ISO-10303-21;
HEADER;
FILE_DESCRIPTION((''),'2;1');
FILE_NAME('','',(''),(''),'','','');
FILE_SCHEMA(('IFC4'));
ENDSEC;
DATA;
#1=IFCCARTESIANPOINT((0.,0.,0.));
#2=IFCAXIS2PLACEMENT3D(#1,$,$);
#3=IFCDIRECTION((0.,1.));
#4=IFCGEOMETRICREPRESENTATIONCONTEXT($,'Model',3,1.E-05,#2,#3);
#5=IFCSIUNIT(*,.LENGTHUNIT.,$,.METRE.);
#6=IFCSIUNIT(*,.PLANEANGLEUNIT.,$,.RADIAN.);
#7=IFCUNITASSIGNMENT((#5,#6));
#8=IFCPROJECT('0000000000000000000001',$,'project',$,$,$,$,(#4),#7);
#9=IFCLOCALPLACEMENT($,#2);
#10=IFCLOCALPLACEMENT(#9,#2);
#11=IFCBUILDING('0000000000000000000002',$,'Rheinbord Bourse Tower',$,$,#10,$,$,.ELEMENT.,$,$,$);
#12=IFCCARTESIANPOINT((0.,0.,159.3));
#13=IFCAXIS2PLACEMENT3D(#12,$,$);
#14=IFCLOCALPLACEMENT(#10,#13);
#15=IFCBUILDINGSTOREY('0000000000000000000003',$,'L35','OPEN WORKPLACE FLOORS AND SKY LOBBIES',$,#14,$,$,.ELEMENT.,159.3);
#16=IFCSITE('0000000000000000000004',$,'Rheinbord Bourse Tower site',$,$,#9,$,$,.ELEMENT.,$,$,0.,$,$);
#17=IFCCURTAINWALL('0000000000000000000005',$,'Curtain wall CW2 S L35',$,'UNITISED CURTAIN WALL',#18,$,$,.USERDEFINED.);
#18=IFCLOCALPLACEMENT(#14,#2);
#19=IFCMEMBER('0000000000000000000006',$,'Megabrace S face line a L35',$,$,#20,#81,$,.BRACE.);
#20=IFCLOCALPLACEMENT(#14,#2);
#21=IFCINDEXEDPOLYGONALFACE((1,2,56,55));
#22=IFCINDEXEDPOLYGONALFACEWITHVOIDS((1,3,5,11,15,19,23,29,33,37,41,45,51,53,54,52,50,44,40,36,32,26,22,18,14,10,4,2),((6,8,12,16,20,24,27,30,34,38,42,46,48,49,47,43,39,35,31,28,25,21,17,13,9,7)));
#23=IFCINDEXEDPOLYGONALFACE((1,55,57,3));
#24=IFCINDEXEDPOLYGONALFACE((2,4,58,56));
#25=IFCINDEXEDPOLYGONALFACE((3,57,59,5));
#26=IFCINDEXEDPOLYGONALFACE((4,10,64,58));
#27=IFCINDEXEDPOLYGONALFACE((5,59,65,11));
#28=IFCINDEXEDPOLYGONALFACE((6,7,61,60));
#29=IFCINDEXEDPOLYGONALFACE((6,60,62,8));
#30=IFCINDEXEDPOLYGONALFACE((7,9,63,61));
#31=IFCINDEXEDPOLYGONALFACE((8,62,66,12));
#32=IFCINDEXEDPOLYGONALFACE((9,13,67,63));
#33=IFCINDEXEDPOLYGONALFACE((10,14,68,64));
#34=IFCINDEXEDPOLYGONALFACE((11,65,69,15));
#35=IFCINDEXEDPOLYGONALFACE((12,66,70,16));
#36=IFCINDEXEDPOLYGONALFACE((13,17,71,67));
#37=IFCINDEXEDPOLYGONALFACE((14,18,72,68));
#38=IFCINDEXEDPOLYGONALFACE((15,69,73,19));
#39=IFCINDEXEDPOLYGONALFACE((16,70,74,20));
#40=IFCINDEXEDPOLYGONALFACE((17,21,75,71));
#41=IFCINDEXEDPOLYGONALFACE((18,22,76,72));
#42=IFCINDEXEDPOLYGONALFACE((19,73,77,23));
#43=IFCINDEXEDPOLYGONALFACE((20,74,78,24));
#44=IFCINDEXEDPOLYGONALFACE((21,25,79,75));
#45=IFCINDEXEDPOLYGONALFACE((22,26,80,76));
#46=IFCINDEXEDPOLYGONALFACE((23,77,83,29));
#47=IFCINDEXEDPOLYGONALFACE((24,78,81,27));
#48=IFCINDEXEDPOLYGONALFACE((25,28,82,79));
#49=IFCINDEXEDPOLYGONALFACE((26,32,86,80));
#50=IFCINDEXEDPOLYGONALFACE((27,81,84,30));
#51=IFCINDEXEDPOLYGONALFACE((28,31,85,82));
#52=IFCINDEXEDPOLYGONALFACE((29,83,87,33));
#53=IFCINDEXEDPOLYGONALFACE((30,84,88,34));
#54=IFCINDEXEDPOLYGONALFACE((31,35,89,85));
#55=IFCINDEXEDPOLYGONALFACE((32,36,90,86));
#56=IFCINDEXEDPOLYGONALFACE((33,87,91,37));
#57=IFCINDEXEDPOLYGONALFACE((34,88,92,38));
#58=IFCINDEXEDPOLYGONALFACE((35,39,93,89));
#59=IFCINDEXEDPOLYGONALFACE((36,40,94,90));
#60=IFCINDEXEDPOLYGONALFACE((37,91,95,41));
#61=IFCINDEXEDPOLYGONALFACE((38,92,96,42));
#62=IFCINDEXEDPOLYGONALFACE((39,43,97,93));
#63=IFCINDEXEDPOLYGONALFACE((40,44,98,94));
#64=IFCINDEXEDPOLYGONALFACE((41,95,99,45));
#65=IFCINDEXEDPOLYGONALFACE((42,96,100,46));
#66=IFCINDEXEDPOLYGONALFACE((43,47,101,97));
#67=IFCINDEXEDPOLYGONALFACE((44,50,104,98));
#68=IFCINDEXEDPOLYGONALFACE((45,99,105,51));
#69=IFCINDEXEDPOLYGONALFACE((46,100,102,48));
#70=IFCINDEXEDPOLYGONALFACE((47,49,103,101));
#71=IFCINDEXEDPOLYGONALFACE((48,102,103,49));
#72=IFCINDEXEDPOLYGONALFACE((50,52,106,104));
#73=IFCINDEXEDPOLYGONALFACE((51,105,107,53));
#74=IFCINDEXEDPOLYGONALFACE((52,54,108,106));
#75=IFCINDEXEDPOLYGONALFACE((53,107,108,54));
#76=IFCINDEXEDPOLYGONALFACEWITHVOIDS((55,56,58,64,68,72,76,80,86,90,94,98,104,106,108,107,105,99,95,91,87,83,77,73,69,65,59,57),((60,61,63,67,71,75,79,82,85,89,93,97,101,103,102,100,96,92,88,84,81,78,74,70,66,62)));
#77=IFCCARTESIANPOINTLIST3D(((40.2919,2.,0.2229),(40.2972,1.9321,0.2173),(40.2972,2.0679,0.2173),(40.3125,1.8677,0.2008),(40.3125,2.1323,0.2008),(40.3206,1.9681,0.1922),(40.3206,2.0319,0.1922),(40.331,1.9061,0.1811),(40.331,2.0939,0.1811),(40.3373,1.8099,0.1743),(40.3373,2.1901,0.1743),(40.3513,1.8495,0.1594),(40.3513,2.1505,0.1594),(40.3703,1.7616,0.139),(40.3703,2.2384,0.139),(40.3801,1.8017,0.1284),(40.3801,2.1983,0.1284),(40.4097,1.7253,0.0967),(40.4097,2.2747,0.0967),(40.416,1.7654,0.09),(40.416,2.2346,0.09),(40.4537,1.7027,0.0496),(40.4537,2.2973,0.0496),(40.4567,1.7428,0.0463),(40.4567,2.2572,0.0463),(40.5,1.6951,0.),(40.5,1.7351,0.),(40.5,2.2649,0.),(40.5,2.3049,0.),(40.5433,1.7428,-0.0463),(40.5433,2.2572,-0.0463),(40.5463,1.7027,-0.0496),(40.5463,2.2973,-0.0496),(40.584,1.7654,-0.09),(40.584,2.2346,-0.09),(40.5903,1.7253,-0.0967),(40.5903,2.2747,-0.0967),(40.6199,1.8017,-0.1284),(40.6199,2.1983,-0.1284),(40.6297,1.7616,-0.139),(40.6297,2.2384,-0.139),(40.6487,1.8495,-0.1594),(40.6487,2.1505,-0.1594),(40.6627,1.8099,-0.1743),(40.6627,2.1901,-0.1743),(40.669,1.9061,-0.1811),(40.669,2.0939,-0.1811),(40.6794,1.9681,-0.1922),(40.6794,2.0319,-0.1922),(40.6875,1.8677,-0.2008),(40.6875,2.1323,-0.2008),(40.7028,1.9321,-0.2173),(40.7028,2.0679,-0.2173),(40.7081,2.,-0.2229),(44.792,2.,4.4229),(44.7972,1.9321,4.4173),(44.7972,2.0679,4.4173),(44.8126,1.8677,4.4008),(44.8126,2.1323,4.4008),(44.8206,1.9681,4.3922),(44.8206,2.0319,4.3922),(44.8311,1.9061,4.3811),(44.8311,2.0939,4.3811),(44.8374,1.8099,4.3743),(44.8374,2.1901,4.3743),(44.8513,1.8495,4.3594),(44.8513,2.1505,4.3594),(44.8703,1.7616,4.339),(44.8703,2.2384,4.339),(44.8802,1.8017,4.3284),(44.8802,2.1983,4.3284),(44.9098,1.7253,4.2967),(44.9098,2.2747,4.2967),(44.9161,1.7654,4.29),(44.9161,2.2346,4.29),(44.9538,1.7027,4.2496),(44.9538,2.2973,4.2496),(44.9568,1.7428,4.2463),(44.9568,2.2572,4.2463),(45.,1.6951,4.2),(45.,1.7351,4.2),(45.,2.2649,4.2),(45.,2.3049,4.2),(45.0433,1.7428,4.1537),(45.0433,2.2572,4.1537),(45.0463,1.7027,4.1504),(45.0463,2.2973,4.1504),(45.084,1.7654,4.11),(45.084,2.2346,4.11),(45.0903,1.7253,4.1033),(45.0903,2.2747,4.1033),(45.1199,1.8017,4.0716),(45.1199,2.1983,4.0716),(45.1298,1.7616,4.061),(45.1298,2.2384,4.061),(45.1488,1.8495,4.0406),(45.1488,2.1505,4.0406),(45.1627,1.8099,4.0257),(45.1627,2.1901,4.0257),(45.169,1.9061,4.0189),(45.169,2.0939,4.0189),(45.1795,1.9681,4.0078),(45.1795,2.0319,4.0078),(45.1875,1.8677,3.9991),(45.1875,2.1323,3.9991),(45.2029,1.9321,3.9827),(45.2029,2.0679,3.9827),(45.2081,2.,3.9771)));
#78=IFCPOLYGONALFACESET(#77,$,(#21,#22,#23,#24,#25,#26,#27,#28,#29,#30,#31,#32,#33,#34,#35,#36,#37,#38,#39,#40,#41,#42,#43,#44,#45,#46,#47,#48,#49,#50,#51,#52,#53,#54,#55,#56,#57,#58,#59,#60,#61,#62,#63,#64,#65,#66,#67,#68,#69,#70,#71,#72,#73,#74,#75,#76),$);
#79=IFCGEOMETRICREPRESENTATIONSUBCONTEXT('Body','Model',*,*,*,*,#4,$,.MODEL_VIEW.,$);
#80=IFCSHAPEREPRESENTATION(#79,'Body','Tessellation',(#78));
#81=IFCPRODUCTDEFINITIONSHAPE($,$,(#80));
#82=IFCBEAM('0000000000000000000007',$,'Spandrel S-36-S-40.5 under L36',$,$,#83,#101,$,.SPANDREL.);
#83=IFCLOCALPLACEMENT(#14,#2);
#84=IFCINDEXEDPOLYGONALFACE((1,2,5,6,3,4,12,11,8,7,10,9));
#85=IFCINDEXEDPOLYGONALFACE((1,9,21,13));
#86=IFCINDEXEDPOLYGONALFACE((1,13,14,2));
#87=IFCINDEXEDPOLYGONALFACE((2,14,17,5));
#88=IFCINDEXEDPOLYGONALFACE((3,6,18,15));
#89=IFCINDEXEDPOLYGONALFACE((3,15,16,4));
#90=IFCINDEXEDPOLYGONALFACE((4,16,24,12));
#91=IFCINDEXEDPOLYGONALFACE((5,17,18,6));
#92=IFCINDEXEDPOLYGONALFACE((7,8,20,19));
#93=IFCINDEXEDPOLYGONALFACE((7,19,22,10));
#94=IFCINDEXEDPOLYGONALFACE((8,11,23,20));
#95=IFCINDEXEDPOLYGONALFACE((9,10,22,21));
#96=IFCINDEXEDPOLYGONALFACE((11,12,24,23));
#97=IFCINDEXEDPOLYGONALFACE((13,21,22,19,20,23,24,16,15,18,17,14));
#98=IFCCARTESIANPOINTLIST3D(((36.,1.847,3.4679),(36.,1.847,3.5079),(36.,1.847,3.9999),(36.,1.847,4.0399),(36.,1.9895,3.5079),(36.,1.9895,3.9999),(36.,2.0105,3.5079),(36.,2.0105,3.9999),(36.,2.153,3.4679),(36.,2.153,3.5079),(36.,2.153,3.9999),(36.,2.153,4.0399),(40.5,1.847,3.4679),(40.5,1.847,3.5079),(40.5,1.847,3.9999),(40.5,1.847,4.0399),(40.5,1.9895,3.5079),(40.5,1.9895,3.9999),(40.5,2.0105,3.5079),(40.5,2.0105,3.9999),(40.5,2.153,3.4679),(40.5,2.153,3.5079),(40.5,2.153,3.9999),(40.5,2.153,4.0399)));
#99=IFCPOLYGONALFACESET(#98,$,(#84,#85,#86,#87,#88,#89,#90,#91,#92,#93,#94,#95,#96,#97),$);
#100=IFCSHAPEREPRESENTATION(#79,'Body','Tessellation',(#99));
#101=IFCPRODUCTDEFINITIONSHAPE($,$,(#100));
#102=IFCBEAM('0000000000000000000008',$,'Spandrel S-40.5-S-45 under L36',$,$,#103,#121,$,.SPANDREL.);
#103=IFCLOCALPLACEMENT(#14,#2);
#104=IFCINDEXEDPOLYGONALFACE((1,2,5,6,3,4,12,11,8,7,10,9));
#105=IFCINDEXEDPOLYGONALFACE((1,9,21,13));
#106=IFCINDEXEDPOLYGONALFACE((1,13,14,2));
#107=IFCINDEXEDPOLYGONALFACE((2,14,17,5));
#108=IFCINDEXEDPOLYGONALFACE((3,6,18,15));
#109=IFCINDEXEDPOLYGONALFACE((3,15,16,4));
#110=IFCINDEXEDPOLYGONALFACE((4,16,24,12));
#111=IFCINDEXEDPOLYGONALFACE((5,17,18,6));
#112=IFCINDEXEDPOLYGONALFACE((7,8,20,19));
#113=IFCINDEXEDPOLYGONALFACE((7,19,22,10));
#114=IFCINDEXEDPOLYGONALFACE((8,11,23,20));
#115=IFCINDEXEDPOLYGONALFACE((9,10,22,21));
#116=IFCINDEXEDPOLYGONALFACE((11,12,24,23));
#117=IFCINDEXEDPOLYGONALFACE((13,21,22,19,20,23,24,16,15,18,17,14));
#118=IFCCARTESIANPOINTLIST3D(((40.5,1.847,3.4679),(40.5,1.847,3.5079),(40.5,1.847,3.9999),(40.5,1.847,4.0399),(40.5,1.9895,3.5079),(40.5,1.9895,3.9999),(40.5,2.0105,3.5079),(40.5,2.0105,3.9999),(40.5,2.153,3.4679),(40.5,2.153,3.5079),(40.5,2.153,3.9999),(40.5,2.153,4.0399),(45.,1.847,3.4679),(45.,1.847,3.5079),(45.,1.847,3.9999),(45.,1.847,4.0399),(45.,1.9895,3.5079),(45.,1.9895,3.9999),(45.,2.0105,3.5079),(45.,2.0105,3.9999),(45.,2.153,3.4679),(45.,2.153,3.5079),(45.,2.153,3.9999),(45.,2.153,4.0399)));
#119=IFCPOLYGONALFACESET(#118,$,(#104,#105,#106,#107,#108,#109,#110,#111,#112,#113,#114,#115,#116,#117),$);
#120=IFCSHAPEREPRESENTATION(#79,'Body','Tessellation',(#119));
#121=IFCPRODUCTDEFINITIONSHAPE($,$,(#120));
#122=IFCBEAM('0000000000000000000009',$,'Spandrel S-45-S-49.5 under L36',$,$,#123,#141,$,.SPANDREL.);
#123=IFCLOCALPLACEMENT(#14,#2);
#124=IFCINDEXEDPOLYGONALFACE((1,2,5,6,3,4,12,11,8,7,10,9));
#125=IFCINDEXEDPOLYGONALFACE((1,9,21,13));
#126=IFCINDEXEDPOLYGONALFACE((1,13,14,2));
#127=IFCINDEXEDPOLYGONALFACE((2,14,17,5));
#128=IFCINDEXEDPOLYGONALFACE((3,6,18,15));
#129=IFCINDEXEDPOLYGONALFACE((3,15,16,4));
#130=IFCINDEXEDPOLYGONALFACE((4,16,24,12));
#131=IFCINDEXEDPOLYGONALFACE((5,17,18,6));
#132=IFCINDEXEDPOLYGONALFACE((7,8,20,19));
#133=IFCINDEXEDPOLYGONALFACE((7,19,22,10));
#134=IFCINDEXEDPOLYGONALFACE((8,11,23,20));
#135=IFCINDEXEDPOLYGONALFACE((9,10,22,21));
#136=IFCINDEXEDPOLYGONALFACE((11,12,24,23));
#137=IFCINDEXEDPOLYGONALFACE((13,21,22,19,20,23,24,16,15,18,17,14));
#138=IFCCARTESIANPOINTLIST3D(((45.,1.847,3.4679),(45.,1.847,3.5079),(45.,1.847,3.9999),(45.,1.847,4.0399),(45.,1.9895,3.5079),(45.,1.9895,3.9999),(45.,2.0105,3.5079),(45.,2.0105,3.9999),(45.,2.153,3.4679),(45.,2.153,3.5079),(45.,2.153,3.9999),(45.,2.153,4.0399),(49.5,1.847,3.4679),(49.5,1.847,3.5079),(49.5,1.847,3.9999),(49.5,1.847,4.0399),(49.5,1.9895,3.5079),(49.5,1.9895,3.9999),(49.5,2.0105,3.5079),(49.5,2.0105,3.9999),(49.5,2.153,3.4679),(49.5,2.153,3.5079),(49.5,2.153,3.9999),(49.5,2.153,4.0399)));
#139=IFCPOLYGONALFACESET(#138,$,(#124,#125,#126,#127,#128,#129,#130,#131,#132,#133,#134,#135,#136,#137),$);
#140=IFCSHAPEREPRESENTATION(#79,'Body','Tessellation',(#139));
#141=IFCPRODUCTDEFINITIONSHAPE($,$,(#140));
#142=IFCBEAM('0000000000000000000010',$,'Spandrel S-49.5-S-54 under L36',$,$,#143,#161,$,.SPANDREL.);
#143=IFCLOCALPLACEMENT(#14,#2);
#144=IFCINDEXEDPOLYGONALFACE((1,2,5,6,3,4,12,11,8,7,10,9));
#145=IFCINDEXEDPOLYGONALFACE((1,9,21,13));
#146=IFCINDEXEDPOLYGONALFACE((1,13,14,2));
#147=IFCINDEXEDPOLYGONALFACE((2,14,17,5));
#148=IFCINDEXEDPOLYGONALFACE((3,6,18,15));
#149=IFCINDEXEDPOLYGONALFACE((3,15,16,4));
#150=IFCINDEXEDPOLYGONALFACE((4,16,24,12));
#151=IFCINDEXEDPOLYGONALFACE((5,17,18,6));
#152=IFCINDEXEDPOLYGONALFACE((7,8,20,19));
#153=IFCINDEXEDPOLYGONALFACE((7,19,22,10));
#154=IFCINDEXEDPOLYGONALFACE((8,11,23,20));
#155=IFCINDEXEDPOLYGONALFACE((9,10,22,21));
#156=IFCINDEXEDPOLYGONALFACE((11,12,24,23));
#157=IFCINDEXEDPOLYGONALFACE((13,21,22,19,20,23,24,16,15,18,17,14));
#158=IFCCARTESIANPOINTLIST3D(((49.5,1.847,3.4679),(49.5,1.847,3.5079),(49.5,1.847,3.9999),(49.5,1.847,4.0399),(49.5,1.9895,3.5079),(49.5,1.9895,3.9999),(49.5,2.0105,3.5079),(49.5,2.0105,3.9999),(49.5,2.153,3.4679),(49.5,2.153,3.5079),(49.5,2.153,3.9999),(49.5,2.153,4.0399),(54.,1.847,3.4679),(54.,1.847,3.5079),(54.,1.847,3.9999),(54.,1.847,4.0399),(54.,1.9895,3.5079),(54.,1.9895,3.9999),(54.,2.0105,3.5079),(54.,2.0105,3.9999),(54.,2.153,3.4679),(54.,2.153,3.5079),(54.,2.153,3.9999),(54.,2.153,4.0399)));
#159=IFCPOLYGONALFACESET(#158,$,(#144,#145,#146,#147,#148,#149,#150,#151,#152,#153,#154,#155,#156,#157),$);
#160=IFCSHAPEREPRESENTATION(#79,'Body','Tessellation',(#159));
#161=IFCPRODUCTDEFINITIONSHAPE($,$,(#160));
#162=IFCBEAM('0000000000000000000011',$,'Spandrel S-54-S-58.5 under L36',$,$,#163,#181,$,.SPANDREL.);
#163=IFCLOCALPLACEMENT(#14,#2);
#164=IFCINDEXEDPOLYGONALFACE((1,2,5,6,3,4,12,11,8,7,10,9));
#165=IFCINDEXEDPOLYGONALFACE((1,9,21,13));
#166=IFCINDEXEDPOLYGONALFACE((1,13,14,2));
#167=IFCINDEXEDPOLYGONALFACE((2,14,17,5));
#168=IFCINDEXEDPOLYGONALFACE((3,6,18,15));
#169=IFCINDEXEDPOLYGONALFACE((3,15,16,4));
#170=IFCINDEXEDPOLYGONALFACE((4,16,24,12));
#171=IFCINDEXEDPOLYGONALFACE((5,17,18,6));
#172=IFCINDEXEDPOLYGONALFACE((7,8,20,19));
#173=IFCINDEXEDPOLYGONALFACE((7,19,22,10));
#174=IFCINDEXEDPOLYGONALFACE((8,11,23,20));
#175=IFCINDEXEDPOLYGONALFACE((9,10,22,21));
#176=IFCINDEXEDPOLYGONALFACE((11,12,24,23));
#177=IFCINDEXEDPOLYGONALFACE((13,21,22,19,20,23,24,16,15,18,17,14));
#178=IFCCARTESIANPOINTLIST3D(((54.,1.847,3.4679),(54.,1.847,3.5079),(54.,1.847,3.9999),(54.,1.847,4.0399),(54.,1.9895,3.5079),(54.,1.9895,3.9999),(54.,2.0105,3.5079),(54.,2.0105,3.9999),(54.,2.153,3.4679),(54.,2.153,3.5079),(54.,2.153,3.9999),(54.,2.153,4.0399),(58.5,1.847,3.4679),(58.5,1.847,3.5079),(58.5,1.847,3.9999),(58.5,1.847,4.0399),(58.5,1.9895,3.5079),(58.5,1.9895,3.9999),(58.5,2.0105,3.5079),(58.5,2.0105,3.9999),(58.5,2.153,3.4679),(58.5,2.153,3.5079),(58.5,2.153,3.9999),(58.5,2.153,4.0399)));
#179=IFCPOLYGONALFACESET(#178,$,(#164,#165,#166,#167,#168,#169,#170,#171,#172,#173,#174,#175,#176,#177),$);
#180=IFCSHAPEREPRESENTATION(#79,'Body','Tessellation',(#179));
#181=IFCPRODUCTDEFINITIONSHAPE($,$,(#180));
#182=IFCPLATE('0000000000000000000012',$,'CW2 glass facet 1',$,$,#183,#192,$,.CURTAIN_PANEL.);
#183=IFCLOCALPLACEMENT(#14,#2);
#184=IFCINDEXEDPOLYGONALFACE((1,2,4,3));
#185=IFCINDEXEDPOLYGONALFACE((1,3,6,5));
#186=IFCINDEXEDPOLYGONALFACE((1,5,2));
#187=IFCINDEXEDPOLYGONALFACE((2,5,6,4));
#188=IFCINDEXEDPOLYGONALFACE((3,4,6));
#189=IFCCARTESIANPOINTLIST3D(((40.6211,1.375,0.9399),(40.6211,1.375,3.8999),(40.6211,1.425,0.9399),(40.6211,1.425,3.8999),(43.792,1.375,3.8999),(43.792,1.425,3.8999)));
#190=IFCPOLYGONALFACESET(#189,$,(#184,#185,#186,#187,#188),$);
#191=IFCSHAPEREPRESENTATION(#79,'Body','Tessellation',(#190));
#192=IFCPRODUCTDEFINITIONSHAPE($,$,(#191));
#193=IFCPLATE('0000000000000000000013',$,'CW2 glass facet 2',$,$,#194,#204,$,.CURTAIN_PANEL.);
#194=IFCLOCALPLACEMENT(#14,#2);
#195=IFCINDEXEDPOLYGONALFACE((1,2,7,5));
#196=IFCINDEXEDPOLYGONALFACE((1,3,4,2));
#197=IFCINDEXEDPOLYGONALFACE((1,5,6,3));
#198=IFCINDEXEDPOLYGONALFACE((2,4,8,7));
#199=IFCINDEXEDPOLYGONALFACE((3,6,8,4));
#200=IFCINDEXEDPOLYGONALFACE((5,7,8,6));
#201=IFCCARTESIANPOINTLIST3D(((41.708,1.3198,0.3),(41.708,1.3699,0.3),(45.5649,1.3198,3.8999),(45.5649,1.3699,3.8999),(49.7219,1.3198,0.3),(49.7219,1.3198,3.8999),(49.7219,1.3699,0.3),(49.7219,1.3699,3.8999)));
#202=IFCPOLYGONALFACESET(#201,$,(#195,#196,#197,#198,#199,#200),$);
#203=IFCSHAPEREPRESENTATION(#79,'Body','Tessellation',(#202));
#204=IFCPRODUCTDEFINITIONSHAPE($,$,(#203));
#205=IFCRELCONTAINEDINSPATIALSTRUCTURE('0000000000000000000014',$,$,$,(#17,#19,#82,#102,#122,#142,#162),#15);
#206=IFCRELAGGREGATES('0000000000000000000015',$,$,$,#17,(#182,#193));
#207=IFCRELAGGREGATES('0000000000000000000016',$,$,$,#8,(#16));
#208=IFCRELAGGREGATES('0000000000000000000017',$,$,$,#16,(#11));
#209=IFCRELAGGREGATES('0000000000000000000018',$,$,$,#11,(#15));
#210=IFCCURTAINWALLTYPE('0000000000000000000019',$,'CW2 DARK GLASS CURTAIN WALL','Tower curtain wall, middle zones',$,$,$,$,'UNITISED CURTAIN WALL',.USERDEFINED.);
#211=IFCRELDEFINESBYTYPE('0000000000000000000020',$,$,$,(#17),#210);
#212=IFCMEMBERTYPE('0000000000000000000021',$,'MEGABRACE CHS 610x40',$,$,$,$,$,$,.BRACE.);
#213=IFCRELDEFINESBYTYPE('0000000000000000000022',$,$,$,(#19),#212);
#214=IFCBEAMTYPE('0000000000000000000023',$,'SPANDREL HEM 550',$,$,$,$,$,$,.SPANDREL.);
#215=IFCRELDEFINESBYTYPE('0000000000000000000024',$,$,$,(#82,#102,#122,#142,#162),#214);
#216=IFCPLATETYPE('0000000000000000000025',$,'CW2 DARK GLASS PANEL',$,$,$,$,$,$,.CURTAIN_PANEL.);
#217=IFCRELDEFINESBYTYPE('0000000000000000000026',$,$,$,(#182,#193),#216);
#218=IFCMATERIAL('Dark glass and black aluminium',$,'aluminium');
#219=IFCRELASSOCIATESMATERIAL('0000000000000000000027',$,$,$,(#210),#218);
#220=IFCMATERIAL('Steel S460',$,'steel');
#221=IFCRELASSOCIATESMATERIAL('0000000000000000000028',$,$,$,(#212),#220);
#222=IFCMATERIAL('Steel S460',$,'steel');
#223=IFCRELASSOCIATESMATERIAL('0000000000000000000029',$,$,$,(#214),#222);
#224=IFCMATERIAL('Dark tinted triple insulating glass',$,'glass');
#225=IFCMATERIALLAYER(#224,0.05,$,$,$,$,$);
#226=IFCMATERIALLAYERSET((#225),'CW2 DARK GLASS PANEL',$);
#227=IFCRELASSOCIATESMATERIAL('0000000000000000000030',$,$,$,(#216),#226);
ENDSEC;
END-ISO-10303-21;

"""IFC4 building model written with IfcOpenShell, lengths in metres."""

from ifc_helpers import new_model, si_unit, direction, frame, origin, origin_2d, place, context, subcontext, project, spatial, polyline, hollow_circle, i_section, outline, extrude, material, layer, layer_set, material_profile, profile_set, type_object, element, aggregate, save


model = new_model("IFC4")

# Units and contexts
model_context = context("Model", 3, precision=1e-05, world=origin(), true_north=direction((0.0, 1.0)))
body_context = subcontext(model_context, "Body", "Model", "MODEL_VIEW")
ifc_project = project(units=[si_unit("LENGTHUNIT", "METRE"), si_unit("PLANEANGLEUNIT", "RADIAN")], contexts=[model_context])

# Site, building, storey
site_placement = place(None, origin())
site = spatial("IfcSite", under=ifc_project, at=site_placement, Name="Rheinbord Bourse Tower site", CompositionType="ELEMENT", RefElevation=0.0)
building_placement = place(site_placement, origin())
building = spatial("IfcBuilding", under=site, at=building_placement, Name="Rheinbord Bourse Tower", CompositionType="ELEMENT")
storey_placement = place(building_placement, frame((0.0, 0.0, 159.3)))
storey = spatial("IfcBuildingStorey", under=building, at=storey_placement, Name="L35", Description="OPEN WORKPLACE FLOORS AND SKY LOBBIES", CompositionType="ELEMENT", Elevation=159.3)

# Curtain wall
ifc_material_1 = material(Name="Dark glass and black aluminium", Category="aluminium")
curtain_wall_type = type_object("IfcCurtainWallType", Name="CW2 DARK GLASS CURTAIN WALL", Description="Tower curtain wall, middle zones", ElementType="UNITISED CURTAIN WALL", PredefinedType="USERDEFINED", material=ifc_material_1)
curtain_wall_placement = place(storey_placement, origin())
curtain_wall = element("IfcCurtainWall", 1, at=curtain_wall_placement, inside=storey, type_object=curtain_wall_type, Name="Curtain wall CW2 S L35", ObjectType="UNITISED CURTAIN WALL", PredefinedType="USERDEFINED")

# Member
ifc_material_2 = material(Name="Steel S460", Category="steel")
ifc_material_profile_1 = material_profile(ifc_material_2, hollow_circle(Radius=0.3049, WallThickness=0.04, at=origin_2d()), Name="CHS 610x40")
ifc_profile_set_1 = profile_set([ifc_material_profile_1], Name="Steel S460")
member_type_1 = type_object("IfcMemberType", Name="MEGABRACE CHS 610x40", PredefinedType="BRACE", material=ifc_profile_set_1)
member_1_placement = place(storey_placement, frame((40.5, 2.0, 0.0), z_axis=(0.731059, 0.0, 0.682314), x_axis=(0.0, 1.0, 0.0)))
element("IfcMember", 2, at=member_1_placement, inside=storey, type_object=member_type_1, Name="Megabrace S face line a L35", PredefinedType="BRACE", context=body_context, shape_type="SweptSolid", body=[
    extrude(hollow_circle(Radius=0.3049, WallThickness=0.04, at=origin_2d()), origin(), (0.0, 0.0, 1.0), 6.1555),
])

# Beams
ifc_material_3 = material(Name="Steel S460", Category="steel")
ifc_material_profile_2 = material_profile(ifc_material_3, i_section(OverallWidth=0.3059, OverallDepth=0.572, WebThickness=0.021, FlangeThickness=0.04, at=origin_2d()), Name="HEM 550")
ifc_profile_set_2 = profile_set([ifc_material_profile_2], Name="Steel S460")
beam_type_1 = type_object("IfcBeamType", Name="SPANDREL HEM 550", PredefinedType="SPANDREL", material=ifc_profile_set_2)
for number, where, z_axis, x_axis, name in (
    (3, (36.0, 2.0, 3.7539), (1.0, 0.0, 0.0), (0.0, 1.0, 0.0), "Spandrel S-36-S-40.5 under L36"),
    (4, (40.5, 2.0, 3.7539), (1.0, 0.0, 0.0), (0.0, 1.0, 0.0), "Spandrel S-40.5-S-45 under L36"),
    (5, (45.0, 2.0, 3.7539), (1.0, 0.0, 0.0), (0.0, 1.0, 0.0), "Spandrel S-45-S-49.5 under L36"),
    (6, (49.5, 2.0, 3.7539), (1.0, 0.0, 0.0), (0.0, 1.0, 0.0), "Spandrel S-49.5-S-54 under L36"),
    (7, (54.0, 2.0, 3.7539), (1.0, 0.0, 0.0), (0.0, 1.0, 0.0), "Spandrel S-54-S-58.5 under L36"),
):
    element("IfcBeam", number, at=place(storey_placement, frame(where, z_axis=z_axis, x_axis=x_axis)), inside=storey, type_object=beam_type_1, Name=name, PredefinedType="SPANDREL", context=body_context, shape_type="SweptSolid", body=[
        extrude(i_section(OverallWidth=0.3059, OverallDepth=0.572, WebThickness=0.021, FlangeThickness=0.04, at=origin_2d()), origin(), (0.0, 0.0, 1.0), 4.5),
    ])

# Plates
ifc_material_4 = material(Name="Dark tinted triple insulating glass", Category="glass")
ifc_layer_1 = layer(ifc_material_4, 0.05)
ifc_layer_set_1 = layer_set([ifc_layer_1], Name="CW2 DARK GLASS PANEL")
plate_type = type_object("IfcPlateType", Name="CW2 DARK GLASS PANEL", PredefinedType="CURTAIN_PANEL", material=ifc_layer_set_1)
plate_1_placement = place(storey_placement, frame((40.6211, 1.375, 3.8999), z_axis=(0.0, 1.0, 0.0), x_axis=(1.0, 0.0, 0.0)))
plate_1 = element("IfcPlate", 8, at=plate_1_placement, type_object=plate_type, Name="CW2 glass facet 1", PredefinedType="CURTAIN_PANEL", context=body_context, shape_type="SweptSolid", body=[
    extrude(outline(polyline([(0.0, 0.0), (3.1709, 0.0), (0.0, 2.96), (0.0, 0.0)])), origin(), (0.0, 0.0, 1.0), 0.05),
])
plate_2_placement = place(storey_placement, frame((49.7219, 1.3198, 3.8999), z_axis=(0.0, 1.0, 0.0), x_axis=(0.0, 0.0, -1.0)))
plate_2 = element("IfcPlate", 9, at=plate_2_placement, type_object=plate_type, Name="CW2 glass facet 2", PredefinedType="CURTAIN_PANEL", context=body_context, shape_type="SweptSolid", body=[
    extrude(outline(polyline([(0.0, 0.0), (3.5999, 0.0), (3.5999, 8.0139), (0.0, 4.157), (0.0, 0.0)])), origin(), (0.0, 0.0, 1.0), 0.05),
])
aggregate(curtain_wall, [plate_1, plate_2])

save(model, "model.ifc")
